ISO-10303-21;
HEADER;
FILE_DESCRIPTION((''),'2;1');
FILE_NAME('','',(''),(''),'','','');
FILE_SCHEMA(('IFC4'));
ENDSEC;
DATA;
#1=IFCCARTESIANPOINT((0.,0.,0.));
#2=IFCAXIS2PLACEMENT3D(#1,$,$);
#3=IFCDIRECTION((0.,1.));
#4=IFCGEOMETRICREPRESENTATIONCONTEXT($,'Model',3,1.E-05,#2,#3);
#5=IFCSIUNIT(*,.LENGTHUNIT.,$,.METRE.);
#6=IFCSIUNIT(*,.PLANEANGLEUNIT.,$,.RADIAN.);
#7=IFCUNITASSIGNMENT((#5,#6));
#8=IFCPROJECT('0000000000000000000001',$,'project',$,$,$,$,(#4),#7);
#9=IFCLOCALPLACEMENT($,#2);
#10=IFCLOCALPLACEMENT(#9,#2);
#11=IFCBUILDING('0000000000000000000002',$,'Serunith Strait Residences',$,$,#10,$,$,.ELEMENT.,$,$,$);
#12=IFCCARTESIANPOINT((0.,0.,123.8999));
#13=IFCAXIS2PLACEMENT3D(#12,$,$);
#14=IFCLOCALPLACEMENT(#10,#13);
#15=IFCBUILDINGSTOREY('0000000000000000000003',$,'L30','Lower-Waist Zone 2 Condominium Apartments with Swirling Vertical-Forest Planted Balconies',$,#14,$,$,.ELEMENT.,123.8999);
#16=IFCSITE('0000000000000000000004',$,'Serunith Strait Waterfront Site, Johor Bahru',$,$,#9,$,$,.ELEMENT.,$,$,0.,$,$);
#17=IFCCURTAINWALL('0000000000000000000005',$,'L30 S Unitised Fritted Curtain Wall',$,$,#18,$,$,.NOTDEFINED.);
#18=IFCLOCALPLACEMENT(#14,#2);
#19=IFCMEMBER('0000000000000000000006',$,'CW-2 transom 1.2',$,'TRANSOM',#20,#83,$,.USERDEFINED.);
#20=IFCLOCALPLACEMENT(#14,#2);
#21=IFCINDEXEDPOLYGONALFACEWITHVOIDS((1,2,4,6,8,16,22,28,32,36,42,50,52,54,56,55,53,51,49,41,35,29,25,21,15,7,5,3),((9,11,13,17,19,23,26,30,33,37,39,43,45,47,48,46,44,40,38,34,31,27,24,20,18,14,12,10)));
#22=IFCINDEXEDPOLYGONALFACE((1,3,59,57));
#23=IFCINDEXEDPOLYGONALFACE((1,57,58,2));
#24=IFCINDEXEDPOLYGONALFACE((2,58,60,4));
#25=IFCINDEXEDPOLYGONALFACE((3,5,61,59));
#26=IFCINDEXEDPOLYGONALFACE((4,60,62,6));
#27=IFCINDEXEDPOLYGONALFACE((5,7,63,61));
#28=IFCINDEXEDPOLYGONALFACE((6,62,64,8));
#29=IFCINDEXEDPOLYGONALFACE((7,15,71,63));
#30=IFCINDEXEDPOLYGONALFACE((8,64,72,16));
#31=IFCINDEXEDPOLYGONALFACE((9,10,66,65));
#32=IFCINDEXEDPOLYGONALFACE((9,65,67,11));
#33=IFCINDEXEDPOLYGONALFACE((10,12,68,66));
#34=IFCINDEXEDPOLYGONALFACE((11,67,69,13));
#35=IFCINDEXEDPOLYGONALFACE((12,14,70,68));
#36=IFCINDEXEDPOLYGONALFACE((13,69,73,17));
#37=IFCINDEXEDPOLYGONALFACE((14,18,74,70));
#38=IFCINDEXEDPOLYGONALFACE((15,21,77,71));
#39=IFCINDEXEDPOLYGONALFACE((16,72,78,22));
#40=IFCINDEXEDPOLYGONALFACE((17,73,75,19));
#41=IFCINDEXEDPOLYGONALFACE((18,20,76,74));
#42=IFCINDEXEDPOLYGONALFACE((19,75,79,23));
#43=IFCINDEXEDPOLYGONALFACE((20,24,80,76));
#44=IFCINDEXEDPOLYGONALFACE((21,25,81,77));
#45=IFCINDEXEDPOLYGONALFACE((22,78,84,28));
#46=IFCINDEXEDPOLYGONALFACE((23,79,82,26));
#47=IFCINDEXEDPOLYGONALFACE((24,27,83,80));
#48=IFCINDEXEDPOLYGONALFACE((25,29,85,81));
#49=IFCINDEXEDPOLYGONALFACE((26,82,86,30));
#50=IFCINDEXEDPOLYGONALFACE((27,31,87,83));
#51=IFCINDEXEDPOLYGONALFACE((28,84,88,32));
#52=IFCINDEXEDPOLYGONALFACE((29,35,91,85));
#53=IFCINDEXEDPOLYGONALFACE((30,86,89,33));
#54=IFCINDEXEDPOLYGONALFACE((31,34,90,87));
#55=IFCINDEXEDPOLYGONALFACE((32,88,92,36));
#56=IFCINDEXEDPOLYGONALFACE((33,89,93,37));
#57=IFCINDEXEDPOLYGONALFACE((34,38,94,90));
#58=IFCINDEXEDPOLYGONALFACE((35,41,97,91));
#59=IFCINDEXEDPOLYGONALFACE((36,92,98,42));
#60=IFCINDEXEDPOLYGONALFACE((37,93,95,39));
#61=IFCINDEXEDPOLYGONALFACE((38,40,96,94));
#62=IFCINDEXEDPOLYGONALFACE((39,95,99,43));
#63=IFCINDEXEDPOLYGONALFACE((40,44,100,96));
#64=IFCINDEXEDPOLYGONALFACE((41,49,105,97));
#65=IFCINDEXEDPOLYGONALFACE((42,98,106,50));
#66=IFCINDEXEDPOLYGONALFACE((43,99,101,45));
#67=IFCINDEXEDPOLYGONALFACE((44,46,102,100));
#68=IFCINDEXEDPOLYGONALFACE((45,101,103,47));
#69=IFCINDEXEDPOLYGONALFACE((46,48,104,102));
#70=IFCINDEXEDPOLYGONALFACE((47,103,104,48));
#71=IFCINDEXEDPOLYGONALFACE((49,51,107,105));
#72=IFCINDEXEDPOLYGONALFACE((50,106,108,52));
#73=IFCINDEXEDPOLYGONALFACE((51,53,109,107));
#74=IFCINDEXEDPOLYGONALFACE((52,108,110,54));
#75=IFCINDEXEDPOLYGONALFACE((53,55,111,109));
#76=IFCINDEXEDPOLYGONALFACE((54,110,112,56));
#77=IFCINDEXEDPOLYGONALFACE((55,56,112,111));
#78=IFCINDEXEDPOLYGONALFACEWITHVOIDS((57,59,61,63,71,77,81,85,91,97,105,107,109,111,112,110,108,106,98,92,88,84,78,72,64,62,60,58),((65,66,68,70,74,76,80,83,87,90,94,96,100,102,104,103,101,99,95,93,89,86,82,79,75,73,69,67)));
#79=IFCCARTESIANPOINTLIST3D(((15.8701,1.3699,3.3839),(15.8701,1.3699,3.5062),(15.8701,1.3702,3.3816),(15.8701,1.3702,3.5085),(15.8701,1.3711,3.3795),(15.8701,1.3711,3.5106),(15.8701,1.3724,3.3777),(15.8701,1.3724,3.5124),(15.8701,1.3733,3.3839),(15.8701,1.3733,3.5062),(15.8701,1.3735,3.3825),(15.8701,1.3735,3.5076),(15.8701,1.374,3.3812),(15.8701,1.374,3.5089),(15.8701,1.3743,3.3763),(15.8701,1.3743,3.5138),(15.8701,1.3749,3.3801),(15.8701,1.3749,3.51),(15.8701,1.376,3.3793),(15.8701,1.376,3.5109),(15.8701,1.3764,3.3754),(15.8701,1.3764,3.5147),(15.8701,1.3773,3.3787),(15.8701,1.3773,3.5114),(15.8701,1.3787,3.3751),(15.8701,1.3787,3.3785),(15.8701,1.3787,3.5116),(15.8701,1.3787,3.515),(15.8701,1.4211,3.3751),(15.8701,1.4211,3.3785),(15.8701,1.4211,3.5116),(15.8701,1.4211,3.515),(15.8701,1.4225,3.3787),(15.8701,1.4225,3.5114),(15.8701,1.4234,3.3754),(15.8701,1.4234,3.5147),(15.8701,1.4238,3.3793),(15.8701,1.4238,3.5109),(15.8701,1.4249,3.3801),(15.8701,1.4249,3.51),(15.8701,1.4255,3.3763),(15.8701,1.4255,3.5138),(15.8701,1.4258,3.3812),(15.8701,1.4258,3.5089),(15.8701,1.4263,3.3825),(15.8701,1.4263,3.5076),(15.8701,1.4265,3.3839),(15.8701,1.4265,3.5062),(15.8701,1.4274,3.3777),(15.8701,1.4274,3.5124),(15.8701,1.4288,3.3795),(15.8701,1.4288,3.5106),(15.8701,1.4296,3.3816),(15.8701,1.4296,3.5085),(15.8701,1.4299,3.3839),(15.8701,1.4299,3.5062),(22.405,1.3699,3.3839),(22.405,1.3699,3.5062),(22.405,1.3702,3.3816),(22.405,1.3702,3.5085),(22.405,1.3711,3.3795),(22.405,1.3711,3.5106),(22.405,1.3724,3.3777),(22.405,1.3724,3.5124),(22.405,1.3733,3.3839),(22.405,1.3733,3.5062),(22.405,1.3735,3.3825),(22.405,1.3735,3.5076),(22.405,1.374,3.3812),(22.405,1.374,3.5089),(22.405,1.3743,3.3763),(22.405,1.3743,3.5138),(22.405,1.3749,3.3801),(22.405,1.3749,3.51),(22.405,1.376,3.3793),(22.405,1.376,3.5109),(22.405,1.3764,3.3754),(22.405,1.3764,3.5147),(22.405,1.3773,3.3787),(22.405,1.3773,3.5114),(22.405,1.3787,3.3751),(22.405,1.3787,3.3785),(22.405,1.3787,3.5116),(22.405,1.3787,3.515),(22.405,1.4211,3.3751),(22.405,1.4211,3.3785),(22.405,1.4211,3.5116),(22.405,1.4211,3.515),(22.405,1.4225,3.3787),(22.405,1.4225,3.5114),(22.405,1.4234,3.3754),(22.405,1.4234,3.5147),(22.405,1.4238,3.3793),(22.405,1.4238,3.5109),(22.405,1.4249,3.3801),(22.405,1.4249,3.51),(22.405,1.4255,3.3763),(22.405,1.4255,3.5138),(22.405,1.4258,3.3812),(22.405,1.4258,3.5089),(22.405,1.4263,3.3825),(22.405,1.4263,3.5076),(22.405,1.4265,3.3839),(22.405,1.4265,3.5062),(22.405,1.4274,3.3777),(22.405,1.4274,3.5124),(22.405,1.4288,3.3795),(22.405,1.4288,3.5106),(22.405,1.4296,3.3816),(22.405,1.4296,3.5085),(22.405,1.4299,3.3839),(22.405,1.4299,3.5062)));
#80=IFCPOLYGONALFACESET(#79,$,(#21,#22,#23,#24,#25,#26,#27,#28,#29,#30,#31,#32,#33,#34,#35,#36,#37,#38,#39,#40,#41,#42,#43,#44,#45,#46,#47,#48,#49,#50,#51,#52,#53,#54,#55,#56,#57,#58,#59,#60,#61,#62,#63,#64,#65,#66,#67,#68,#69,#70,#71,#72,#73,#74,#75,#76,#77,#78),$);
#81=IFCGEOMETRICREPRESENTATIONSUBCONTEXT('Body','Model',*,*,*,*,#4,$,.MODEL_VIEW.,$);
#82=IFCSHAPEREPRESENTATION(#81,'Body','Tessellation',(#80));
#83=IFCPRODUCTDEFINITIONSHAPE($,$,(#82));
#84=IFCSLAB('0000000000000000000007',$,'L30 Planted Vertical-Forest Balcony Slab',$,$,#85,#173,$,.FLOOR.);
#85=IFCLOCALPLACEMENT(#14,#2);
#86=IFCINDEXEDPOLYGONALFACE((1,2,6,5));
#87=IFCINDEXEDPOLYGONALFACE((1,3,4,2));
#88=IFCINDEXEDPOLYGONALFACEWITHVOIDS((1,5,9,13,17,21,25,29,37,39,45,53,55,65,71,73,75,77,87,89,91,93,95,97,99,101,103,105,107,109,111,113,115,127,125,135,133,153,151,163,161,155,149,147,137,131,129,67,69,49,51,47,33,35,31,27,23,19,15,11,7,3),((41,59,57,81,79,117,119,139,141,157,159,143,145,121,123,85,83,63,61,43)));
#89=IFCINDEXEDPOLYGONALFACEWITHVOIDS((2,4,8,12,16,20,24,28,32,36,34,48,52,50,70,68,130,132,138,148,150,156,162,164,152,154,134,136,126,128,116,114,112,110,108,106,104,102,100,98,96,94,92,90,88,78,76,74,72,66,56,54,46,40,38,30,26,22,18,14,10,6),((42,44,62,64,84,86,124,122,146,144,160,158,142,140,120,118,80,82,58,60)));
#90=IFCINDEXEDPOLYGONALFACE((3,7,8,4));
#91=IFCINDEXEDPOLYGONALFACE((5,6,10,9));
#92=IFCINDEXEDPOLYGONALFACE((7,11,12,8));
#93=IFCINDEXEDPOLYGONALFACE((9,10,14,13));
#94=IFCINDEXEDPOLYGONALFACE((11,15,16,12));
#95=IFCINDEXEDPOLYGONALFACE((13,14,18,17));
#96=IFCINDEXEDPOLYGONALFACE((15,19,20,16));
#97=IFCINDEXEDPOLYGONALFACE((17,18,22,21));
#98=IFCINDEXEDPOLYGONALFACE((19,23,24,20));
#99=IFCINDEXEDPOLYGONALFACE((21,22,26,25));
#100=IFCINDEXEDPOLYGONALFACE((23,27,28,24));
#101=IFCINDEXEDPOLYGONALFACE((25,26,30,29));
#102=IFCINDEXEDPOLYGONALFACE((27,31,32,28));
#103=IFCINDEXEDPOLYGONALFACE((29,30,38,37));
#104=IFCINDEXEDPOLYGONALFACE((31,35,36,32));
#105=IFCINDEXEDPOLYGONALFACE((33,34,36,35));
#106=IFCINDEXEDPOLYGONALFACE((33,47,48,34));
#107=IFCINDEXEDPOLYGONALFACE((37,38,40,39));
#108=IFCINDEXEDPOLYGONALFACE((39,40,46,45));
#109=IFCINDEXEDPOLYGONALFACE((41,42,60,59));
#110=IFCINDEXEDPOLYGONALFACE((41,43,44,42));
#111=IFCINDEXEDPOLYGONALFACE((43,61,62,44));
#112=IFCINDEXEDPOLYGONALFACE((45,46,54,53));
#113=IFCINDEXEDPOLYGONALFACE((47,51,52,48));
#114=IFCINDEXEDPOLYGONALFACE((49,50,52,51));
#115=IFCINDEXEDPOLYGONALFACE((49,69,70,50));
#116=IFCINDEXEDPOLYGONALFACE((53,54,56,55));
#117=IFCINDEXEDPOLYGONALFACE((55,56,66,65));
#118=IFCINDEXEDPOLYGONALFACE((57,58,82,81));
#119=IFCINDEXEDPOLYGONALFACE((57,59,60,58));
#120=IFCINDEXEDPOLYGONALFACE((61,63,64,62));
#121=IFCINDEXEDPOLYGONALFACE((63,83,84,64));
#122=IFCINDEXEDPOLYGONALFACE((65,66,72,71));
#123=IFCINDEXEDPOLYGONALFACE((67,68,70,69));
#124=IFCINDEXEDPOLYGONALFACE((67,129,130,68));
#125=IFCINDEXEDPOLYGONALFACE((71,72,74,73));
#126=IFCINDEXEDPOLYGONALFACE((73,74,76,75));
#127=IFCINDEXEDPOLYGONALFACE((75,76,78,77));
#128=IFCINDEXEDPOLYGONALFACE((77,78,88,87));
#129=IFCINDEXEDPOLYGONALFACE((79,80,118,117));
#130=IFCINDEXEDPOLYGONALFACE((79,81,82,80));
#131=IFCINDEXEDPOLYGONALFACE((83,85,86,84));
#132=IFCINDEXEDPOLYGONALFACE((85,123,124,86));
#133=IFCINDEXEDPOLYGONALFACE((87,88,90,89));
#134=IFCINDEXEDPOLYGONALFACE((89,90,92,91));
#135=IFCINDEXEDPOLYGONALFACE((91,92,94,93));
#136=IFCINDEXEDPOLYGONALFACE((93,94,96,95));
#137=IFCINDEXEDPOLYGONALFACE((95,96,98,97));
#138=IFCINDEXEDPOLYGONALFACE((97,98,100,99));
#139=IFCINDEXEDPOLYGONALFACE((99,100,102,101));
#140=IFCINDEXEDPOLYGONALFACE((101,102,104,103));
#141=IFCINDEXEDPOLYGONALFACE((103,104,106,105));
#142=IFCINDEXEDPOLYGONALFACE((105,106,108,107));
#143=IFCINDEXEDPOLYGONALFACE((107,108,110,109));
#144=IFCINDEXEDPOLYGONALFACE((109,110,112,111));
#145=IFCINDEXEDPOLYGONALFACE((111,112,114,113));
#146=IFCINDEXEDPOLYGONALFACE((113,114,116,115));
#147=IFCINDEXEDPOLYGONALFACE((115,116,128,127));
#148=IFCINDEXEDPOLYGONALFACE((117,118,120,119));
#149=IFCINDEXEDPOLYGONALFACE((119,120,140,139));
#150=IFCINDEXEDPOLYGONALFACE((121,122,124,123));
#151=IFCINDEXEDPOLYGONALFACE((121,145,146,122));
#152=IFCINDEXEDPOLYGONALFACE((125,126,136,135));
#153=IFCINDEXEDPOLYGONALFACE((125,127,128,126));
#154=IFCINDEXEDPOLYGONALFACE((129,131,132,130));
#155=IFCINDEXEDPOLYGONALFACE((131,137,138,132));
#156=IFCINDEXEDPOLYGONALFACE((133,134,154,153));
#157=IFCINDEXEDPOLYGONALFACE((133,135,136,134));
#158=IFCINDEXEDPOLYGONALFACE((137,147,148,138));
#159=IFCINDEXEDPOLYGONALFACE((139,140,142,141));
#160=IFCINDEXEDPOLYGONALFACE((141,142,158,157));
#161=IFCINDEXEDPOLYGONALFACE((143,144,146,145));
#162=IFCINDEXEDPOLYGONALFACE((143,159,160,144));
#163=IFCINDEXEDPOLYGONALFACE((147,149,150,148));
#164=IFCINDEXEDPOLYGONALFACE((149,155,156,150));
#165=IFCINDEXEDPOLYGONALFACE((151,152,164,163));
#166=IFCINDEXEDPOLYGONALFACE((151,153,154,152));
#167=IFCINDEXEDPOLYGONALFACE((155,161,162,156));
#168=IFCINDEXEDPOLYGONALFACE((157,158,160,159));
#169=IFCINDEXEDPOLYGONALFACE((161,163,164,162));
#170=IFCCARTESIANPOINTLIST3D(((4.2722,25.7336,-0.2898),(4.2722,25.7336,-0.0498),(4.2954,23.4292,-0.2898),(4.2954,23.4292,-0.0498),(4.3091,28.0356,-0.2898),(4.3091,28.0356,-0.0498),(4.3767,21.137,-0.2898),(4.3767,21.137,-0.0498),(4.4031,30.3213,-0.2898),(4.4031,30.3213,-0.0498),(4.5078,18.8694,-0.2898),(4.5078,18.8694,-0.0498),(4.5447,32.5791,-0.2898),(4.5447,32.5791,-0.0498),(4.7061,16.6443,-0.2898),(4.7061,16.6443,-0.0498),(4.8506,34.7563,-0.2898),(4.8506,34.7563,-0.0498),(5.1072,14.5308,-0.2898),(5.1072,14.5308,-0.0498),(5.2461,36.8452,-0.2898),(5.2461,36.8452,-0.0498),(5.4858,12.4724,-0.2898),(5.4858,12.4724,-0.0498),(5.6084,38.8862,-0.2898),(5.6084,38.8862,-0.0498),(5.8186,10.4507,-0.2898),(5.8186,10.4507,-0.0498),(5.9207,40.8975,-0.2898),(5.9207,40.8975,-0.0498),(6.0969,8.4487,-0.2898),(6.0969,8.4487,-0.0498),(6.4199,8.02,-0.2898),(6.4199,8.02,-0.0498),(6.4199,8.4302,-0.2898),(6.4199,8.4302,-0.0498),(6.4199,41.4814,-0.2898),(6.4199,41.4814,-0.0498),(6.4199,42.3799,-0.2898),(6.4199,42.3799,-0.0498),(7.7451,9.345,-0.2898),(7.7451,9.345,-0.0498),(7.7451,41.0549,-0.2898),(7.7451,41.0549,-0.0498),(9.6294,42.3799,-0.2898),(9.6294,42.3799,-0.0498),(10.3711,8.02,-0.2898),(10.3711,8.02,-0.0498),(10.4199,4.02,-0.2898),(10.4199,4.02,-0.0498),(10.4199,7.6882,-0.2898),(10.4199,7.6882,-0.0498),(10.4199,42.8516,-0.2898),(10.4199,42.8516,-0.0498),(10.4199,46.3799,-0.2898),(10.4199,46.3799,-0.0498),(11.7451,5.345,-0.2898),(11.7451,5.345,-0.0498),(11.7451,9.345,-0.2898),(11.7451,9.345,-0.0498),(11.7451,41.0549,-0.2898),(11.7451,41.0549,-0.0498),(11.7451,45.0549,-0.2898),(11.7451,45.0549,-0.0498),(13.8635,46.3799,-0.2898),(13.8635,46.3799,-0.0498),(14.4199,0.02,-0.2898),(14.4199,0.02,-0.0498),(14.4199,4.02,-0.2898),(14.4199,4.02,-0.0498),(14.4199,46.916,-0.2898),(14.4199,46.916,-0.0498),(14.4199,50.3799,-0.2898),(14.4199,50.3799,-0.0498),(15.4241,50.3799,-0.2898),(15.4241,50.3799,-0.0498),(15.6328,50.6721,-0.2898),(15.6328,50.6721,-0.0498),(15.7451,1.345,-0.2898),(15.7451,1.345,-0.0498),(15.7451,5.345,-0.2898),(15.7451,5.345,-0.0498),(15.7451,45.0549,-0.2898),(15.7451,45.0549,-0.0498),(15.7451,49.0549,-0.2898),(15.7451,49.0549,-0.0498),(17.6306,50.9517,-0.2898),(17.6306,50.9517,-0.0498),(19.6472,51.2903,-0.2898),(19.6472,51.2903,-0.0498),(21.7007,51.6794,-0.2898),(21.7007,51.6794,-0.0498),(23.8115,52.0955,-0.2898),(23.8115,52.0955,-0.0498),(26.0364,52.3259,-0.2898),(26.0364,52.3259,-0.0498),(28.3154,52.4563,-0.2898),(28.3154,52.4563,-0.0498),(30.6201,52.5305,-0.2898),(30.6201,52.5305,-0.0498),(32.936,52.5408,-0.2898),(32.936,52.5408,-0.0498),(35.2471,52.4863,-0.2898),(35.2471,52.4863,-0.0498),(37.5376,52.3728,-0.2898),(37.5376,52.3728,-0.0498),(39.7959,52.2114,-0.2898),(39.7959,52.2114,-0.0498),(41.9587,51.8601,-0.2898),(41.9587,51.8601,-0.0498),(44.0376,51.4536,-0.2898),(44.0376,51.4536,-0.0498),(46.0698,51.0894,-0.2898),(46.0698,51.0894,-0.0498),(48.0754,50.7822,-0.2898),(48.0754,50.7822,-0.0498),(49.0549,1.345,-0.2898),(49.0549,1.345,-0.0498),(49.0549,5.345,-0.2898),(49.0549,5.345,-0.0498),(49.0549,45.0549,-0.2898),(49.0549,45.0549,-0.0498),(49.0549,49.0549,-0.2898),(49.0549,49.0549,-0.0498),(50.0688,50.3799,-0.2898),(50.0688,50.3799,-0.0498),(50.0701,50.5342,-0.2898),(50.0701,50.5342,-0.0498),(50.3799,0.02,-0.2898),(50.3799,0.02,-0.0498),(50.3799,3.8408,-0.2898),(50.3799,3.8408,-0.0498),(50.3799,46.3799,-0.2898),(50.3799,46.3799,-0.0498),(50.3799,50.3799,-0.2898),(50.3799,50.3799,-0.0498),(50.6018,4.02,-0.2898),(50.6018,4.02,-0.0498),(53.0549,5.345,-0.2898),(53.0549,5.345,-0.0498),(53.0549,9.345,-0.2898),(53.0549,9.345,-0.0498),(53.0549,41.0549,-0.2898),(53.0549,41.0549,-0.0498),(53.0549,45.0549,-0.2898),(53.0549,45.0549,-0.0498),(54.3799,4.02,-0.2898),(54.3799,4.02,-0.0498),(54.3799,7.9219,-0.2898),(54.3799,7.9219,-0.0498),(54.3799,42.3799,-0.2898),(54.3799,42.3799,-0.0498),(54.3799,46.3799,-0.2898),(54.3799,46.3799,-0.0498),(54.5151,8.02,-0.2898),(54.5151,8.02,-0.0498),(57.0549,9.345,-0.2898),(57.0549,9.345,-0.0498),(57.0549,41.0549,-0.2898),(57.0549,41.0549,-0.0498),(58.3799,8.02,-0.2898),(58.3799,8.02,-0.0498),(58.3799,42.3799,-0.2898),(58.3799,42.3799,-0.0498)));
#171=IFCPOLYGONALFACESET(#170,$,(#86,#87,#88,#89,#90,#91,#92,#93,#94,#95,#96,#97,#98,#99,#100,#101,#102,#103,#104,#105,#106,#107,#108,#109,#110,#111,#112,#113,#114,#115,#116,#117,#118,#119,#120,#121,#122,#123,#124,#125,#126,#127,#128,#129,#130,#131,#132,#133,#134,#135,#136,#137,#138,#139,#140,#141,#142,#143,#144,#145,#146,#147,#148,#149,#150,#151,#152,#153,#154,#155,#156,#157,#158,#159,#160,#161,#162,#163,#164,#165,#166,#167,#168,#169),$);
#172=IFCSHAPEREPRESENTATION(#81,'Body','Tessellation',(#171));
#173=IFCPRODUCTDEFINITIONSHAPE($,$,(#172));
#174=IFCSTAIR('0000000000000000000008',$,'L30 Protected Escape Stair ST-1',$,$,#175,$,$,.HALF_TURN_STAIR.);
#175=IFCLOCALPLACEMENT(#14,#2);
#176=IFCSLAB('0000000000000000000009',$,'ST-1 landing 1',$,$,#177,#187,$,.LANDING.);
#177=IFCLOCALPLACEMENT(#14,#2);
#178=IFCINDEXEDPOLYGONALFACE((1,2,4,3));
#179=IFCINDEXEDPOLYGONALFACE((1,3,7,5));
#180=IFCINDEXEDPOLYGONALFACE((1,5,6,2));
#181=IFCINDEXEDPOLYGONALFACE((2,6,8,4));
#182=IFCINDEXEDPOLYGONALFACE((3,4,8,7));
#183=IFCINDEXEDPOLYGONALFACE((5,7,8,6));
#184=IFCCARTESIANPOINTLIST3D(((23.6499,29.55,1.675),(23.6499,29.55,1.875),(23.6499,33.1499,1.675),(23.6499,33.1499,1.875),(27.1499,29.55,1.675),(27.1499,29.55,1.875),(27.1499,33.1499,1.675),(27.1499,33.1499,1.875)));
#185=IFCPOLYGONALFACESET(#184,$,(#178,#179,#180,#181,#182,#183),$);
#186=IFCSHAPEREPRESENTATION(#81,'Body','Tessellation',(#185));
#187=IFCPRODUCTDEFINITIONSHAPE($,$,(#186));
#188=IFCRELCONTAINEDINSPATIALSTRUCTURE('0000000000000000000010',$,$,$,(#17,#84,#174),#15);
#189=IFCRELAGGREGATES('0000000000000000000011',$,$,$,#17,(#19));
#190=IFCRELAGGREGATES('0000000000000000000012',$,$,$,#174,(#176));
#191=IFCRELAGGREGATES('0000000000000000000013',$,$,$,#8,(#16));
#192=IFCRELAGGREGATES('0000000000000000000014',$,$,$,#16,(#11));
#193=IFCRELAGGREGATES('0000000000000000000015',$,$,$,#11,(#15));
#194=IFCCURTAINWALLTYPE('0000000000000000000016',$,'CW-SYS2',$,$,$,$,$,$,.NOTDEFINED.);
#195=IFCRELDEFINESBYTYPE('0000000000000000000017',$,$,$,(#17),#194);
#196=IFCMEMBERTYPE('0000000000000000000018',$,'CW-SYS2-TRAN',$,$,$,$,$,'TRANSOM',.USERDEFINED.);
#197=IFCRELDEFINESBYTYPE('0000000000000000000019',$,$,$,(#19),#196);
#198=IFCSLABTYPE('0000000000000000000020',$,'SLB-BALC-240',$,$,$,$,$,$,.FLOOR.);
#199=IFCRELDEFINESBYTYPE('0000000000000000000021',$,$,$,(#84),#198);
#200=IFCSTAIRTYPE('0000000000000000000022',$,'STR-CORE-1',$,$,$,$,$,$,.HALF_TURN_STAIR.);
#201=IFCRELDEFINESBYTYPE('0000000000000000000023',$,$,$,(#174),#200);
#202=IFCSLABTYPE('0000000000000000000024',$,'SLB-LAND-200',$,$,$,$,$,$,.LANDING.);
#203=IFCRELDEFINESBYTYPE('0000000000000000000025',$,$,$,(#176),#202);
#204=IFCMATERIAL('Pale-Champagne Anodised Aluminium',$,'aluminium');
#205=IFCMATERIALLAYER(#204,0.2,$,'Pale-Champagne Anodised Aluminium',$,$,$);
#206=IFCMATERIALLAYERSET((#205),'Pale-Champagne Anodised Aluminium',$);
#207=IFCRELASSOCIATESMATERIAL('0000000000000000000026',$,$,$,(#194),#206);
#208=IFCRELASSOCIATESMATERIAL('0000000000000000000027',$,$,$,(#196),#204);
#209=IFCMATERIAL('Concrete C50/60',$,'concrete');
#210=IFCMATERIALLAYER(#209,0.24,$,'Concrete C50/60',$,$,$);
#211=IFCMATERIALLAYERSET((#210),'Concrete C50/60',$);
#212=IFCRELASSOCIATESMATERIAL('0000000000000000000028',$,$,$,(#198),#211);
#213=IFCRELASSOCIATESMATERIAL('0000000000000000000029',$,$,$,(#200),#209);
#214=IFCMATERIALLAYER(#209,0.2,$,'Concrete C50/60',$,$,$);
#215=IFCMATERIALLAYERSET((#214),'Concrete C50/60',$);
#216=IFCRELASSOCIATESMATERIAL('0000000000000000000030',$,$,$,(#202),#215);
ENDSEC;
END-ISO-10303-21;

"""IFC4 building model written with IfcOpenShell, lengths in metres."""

from ifc_helpers import new_model, si_unit, direction, frame, origin, origin_2d, place, context, subcontext, project, spatial, polyline, hollow_rectangle, outline, extrude, source, transform, mapped, material, layer, layer_set, material_profile, profile_set, type_object, element, aggregate, save


model = new_model("IFC4")

# Units and contexts
model_context = context("Model", 3, precision=1e-05, world=origin(), true_north=direction((0.0, 1.0)))
body_context = subcontext(model_context, "Body", "Model", "MODEL_VIEW")
ifc_project = project(units=[si_unit("LENGTHUNIT", "METRE"), si_unit("PLANEANGLEUNIT", "RADIAN")], contexts=[model_context])

# Site, building, storey
site_placement = place(None, origin())
site = spatial("IfcSite", under=ifc_project, at=site_placement, Name="Serunith Strait Waterfront Site, Johor Bahru", CompositionType="ELEMENT", RefElevation=0.0)
building_placement = place(site_placement, origin())
building = spatial("IfcBuilding", under=site, at=building_placement, Name="Serunith Strait Residences", CompositionType="ELEMENT")
storey_placement = place(building_placement, frame((0.0, 0.0, 123.8999)))
storey = spatial("IfcBuildingStorey", under=building, at=storey_placement, Name="L30", Description="Lower-Waist Zone 2 Condominium Apartments with Swirling Vertical-Forest Planted Balconies", CompositionType="ELEMENT", Elevation=123.8999)

# Curtain wall
ifc_material_1 = material(Name="Pale-Champagne Anodised Aluminium", Category="aluminium")
ifc_layer_1 = layer(ifc_material_1, 0.2, Name="Pale-Champagne Anodised Aluminium")
ifc_layer_set_1 = layer_set([ifc_layer_1], Name="Pale-Champagne Anodised Aluminium")
curtain_wall_type = type_object("IfcCurtainWallType", Name="CW-SYS2", PredefinedType="NOTDEFINED", material=ifc_layer_set_1)
curtain_wall_1_placement = place(storey_placement, origin())
curtain_wall_1 = element("IfcCurtainWall", 1, at=curtain_wall_1_placement, inside=storey, type_object=curtain_wall_type, Name="L30 S Unitised Fritted Curtain Wall", PredefinedType="NOTDEFINED")

# Member
ifc_material_profile_1 = material_profile(ifc_material_1, hollow_rectangle(XDim=0.0601, YDim=0.1399, WallThickness=0.0034, InnerFilletRadius=0.0054, OuterFilletRadius=0.0088, at=origin_2d()), Name="ALU 140x60x3.5")
ifc_profile_set_1 = profile_set([ifc_material_profile_1], Name="Pale-Champagne Anodised Aluminium")
member_type_1 = type_object("IfcMemberType", Name="CW-SYS2-TRAN", ElementType="TRANSOM", PredefinedType="USERDEFINED", material=ifc_profile_set_1)
shared_shape_1 = source(origin(), body_context, "Body", "SweptSolid", [
    extrude(hollow_rectangle(XDim=0.0601, YDim=0.1399, WallThickness=0.0034, InnerFilletRadius=0.0054, OuterFilletRadius=0.0088, at=origin_2d()), origin(), (0.0, 0.0, 1.0), 6.5349),
])
member_1_placement = place(storey_placement, frame((15.8701, 1.3999, 3.4451), z_axis=(1.0, 0.0, 0.0), x_axis=(0.0, 1.0, 0.0)))
member_1 = element("IfcMember", 2, at=member_1_placement, type_object=member_type_1, Name="CW-2 transom 1.2", ObjectType="TRANSOM", PredefinedType="USERDEFINED", context=body_context, shape_type="MappedRepresentation", body=[
    mapped(shared_shape_1, transform((0.0, 0.0, 0.0), scale=1.0)),
])
aggregate(curtain_wall_1, [member_1])

# Slab
ifc_material_2 = material(Name="Concrete C50/60", Category="concrete")
ifc_layer_2 = layer(ifc_material_2, 0.24, Name="Concrete C50/60")
ifc_layer_set_2 = layer_set([ifc_layer_2], Name="Concrete C50/60")
slab_type_1 = type_object("IfcSlabType", Name="SLB-BALC-240", PredefinedType="FLOOR", material=ifc_layer_set_2)
slab_1_placement = place(storey_placement, frame((0.0, 0.0, -0.2898)))
element("IfcSlab", 3, at=slab_1_placement, inside=storey, type_object=slab_type_1, Name="L30 Planted Vertical-Forest Balcony Slab", PredefinedType="FLOOR", context=body_context, shape_type="SweptSolid", body=[
    extrude(outline(polyline([(6.4199, 8.02), (6.4199, 8.4302), (6.0969, 8.4487), (5.8186, 10.4507), (5.4858, 12.4724), (5.1072, 14.5308), (4.7061, 16.6443), (4.5078, 18.8694), (4.3767, 21.137), (4.2954, 23.4292), (4.2722, 25.7336), (4.3091, 28.0356), (4.4031, 30.3213), (4.5447, 32.5791), (4.8506, 34.7563), (5.2461, 36.8452), (5.6084, 38.8862), (5.9207, 40.8975), (6.4199, 41.4814), (6.4199, 42.3799), (9.6294, 42.3799), (10.4199, 42.8516), (10.4199, 46.3799), (13.8635, 46.3799), (14.4199, 46.916), (14.4199, 50.3799), (15.4241, 50.3799), (15.6328, 50.6721), (17.6306, 50.9517), (19.6472, 51.2903), (21.7007, 51.6794), (23.8115, 52.0955), (26.0364, 52.3259), (28.3154, 52.4563), (30.6201, 52.5305), (32.936, 52.5408), (35.2471, 52.4863), (37.5376, 52.3728), (39.7959, 52.2114), (41.9587, 51.8601), (44.0376, 51.4536), (46.0698, 51.0894), (48.0754, 50.7822), (50.0701, 50.5342), (50.0688, 50.3799), (50.3799, 50.3799), (50.3799, 46.3799), (54.3799, 46.3799), (54.3799, 42.3799), (58.3799, 42.3799), (58.3799, 8.02), (54.5151, 8.02), (54.3799, 7.9219), (54.3799, 4.02), (50.6018, 4.02), (50.3799, 3.8408), (50.3799, 0.02), (14.4199, 0.02), (14.4199, 4.02), (10.4199, 4.02), (10.4199, 7.6882), (10.3711, 8.02), (6.4199, 8.02)]), holes=[polyline([(49.0549, 1.345), (49.0549, 5.345), (53.0549, 5.345), (53.0549, 9.345), (57.0549, 9.345), (57.0549, 41.0549), (53.0549, 41.0549), (53.0549, 45.0549), (49.0549, 45.0549), (49.0549, 49.0549), (15.7451, 49.0549), (15.7451, 45.0549), (11.7451, 45.0549), (11.7451, 41.0549), (7.7451, 41.0549), (7.7451, 9.345), (11.7451, 9.345), (11.7451, 5.345), (15.7451, 5.345), (15.7451, 1.345), (49.0549, 1.345)])]), origin(), (0.0, 0.0, 1.0), 0.24),
])

# Stair, slab
stair_type_1 = type_object("IfcStairType", Name="STR-CORE-1", PredefinedType="HALF_TURN_STAIR", material=ifc_material_2)
stair_1_placement = place(storey_placement, origin())
stair_1 = element("IfcStair", 4, at=stair_1_placement, inside=storey, type_object=stair_type_1, Name="L30 Protected Escape Stair ST-1", PredefinedType="HALF_TURN_STAIR")
ifc_layer_3 = layer(ifc_material_2, 0.2, Name="Concrete C50/60")
ifc_layer_set_3 = layer_set([ifc_layer_3], Name="Concrete C50/60")
slab_type_2 = type_object("IfcSlabType", Name="SLB-LAND-200", PredefinedType="LANDING", material=ifc_layer_set_3)
slab_2_placement = place(storey_placement, frame((0.0, 0.0, 1.675)))
slab_2 = element("IfcSlab", 5, at=slab_2_placement, type_object=slab_type_2, Name="ST-1 landing 1", PredefinedType="LANDING", context=body_context, shape_type="SweptSolid", body=[
    extrude(outline(polyline([(27.1499, 29.55), (27.1499, 33.1499), (23.6499, 33.1499), (23.6499, 29.55), (27.1499, 29.55)])), origin(), (0.0, 0.0, 1.0), 0.2),
])
aggregate(stair_1, [slab_2])

save(model, "model.ifc")
